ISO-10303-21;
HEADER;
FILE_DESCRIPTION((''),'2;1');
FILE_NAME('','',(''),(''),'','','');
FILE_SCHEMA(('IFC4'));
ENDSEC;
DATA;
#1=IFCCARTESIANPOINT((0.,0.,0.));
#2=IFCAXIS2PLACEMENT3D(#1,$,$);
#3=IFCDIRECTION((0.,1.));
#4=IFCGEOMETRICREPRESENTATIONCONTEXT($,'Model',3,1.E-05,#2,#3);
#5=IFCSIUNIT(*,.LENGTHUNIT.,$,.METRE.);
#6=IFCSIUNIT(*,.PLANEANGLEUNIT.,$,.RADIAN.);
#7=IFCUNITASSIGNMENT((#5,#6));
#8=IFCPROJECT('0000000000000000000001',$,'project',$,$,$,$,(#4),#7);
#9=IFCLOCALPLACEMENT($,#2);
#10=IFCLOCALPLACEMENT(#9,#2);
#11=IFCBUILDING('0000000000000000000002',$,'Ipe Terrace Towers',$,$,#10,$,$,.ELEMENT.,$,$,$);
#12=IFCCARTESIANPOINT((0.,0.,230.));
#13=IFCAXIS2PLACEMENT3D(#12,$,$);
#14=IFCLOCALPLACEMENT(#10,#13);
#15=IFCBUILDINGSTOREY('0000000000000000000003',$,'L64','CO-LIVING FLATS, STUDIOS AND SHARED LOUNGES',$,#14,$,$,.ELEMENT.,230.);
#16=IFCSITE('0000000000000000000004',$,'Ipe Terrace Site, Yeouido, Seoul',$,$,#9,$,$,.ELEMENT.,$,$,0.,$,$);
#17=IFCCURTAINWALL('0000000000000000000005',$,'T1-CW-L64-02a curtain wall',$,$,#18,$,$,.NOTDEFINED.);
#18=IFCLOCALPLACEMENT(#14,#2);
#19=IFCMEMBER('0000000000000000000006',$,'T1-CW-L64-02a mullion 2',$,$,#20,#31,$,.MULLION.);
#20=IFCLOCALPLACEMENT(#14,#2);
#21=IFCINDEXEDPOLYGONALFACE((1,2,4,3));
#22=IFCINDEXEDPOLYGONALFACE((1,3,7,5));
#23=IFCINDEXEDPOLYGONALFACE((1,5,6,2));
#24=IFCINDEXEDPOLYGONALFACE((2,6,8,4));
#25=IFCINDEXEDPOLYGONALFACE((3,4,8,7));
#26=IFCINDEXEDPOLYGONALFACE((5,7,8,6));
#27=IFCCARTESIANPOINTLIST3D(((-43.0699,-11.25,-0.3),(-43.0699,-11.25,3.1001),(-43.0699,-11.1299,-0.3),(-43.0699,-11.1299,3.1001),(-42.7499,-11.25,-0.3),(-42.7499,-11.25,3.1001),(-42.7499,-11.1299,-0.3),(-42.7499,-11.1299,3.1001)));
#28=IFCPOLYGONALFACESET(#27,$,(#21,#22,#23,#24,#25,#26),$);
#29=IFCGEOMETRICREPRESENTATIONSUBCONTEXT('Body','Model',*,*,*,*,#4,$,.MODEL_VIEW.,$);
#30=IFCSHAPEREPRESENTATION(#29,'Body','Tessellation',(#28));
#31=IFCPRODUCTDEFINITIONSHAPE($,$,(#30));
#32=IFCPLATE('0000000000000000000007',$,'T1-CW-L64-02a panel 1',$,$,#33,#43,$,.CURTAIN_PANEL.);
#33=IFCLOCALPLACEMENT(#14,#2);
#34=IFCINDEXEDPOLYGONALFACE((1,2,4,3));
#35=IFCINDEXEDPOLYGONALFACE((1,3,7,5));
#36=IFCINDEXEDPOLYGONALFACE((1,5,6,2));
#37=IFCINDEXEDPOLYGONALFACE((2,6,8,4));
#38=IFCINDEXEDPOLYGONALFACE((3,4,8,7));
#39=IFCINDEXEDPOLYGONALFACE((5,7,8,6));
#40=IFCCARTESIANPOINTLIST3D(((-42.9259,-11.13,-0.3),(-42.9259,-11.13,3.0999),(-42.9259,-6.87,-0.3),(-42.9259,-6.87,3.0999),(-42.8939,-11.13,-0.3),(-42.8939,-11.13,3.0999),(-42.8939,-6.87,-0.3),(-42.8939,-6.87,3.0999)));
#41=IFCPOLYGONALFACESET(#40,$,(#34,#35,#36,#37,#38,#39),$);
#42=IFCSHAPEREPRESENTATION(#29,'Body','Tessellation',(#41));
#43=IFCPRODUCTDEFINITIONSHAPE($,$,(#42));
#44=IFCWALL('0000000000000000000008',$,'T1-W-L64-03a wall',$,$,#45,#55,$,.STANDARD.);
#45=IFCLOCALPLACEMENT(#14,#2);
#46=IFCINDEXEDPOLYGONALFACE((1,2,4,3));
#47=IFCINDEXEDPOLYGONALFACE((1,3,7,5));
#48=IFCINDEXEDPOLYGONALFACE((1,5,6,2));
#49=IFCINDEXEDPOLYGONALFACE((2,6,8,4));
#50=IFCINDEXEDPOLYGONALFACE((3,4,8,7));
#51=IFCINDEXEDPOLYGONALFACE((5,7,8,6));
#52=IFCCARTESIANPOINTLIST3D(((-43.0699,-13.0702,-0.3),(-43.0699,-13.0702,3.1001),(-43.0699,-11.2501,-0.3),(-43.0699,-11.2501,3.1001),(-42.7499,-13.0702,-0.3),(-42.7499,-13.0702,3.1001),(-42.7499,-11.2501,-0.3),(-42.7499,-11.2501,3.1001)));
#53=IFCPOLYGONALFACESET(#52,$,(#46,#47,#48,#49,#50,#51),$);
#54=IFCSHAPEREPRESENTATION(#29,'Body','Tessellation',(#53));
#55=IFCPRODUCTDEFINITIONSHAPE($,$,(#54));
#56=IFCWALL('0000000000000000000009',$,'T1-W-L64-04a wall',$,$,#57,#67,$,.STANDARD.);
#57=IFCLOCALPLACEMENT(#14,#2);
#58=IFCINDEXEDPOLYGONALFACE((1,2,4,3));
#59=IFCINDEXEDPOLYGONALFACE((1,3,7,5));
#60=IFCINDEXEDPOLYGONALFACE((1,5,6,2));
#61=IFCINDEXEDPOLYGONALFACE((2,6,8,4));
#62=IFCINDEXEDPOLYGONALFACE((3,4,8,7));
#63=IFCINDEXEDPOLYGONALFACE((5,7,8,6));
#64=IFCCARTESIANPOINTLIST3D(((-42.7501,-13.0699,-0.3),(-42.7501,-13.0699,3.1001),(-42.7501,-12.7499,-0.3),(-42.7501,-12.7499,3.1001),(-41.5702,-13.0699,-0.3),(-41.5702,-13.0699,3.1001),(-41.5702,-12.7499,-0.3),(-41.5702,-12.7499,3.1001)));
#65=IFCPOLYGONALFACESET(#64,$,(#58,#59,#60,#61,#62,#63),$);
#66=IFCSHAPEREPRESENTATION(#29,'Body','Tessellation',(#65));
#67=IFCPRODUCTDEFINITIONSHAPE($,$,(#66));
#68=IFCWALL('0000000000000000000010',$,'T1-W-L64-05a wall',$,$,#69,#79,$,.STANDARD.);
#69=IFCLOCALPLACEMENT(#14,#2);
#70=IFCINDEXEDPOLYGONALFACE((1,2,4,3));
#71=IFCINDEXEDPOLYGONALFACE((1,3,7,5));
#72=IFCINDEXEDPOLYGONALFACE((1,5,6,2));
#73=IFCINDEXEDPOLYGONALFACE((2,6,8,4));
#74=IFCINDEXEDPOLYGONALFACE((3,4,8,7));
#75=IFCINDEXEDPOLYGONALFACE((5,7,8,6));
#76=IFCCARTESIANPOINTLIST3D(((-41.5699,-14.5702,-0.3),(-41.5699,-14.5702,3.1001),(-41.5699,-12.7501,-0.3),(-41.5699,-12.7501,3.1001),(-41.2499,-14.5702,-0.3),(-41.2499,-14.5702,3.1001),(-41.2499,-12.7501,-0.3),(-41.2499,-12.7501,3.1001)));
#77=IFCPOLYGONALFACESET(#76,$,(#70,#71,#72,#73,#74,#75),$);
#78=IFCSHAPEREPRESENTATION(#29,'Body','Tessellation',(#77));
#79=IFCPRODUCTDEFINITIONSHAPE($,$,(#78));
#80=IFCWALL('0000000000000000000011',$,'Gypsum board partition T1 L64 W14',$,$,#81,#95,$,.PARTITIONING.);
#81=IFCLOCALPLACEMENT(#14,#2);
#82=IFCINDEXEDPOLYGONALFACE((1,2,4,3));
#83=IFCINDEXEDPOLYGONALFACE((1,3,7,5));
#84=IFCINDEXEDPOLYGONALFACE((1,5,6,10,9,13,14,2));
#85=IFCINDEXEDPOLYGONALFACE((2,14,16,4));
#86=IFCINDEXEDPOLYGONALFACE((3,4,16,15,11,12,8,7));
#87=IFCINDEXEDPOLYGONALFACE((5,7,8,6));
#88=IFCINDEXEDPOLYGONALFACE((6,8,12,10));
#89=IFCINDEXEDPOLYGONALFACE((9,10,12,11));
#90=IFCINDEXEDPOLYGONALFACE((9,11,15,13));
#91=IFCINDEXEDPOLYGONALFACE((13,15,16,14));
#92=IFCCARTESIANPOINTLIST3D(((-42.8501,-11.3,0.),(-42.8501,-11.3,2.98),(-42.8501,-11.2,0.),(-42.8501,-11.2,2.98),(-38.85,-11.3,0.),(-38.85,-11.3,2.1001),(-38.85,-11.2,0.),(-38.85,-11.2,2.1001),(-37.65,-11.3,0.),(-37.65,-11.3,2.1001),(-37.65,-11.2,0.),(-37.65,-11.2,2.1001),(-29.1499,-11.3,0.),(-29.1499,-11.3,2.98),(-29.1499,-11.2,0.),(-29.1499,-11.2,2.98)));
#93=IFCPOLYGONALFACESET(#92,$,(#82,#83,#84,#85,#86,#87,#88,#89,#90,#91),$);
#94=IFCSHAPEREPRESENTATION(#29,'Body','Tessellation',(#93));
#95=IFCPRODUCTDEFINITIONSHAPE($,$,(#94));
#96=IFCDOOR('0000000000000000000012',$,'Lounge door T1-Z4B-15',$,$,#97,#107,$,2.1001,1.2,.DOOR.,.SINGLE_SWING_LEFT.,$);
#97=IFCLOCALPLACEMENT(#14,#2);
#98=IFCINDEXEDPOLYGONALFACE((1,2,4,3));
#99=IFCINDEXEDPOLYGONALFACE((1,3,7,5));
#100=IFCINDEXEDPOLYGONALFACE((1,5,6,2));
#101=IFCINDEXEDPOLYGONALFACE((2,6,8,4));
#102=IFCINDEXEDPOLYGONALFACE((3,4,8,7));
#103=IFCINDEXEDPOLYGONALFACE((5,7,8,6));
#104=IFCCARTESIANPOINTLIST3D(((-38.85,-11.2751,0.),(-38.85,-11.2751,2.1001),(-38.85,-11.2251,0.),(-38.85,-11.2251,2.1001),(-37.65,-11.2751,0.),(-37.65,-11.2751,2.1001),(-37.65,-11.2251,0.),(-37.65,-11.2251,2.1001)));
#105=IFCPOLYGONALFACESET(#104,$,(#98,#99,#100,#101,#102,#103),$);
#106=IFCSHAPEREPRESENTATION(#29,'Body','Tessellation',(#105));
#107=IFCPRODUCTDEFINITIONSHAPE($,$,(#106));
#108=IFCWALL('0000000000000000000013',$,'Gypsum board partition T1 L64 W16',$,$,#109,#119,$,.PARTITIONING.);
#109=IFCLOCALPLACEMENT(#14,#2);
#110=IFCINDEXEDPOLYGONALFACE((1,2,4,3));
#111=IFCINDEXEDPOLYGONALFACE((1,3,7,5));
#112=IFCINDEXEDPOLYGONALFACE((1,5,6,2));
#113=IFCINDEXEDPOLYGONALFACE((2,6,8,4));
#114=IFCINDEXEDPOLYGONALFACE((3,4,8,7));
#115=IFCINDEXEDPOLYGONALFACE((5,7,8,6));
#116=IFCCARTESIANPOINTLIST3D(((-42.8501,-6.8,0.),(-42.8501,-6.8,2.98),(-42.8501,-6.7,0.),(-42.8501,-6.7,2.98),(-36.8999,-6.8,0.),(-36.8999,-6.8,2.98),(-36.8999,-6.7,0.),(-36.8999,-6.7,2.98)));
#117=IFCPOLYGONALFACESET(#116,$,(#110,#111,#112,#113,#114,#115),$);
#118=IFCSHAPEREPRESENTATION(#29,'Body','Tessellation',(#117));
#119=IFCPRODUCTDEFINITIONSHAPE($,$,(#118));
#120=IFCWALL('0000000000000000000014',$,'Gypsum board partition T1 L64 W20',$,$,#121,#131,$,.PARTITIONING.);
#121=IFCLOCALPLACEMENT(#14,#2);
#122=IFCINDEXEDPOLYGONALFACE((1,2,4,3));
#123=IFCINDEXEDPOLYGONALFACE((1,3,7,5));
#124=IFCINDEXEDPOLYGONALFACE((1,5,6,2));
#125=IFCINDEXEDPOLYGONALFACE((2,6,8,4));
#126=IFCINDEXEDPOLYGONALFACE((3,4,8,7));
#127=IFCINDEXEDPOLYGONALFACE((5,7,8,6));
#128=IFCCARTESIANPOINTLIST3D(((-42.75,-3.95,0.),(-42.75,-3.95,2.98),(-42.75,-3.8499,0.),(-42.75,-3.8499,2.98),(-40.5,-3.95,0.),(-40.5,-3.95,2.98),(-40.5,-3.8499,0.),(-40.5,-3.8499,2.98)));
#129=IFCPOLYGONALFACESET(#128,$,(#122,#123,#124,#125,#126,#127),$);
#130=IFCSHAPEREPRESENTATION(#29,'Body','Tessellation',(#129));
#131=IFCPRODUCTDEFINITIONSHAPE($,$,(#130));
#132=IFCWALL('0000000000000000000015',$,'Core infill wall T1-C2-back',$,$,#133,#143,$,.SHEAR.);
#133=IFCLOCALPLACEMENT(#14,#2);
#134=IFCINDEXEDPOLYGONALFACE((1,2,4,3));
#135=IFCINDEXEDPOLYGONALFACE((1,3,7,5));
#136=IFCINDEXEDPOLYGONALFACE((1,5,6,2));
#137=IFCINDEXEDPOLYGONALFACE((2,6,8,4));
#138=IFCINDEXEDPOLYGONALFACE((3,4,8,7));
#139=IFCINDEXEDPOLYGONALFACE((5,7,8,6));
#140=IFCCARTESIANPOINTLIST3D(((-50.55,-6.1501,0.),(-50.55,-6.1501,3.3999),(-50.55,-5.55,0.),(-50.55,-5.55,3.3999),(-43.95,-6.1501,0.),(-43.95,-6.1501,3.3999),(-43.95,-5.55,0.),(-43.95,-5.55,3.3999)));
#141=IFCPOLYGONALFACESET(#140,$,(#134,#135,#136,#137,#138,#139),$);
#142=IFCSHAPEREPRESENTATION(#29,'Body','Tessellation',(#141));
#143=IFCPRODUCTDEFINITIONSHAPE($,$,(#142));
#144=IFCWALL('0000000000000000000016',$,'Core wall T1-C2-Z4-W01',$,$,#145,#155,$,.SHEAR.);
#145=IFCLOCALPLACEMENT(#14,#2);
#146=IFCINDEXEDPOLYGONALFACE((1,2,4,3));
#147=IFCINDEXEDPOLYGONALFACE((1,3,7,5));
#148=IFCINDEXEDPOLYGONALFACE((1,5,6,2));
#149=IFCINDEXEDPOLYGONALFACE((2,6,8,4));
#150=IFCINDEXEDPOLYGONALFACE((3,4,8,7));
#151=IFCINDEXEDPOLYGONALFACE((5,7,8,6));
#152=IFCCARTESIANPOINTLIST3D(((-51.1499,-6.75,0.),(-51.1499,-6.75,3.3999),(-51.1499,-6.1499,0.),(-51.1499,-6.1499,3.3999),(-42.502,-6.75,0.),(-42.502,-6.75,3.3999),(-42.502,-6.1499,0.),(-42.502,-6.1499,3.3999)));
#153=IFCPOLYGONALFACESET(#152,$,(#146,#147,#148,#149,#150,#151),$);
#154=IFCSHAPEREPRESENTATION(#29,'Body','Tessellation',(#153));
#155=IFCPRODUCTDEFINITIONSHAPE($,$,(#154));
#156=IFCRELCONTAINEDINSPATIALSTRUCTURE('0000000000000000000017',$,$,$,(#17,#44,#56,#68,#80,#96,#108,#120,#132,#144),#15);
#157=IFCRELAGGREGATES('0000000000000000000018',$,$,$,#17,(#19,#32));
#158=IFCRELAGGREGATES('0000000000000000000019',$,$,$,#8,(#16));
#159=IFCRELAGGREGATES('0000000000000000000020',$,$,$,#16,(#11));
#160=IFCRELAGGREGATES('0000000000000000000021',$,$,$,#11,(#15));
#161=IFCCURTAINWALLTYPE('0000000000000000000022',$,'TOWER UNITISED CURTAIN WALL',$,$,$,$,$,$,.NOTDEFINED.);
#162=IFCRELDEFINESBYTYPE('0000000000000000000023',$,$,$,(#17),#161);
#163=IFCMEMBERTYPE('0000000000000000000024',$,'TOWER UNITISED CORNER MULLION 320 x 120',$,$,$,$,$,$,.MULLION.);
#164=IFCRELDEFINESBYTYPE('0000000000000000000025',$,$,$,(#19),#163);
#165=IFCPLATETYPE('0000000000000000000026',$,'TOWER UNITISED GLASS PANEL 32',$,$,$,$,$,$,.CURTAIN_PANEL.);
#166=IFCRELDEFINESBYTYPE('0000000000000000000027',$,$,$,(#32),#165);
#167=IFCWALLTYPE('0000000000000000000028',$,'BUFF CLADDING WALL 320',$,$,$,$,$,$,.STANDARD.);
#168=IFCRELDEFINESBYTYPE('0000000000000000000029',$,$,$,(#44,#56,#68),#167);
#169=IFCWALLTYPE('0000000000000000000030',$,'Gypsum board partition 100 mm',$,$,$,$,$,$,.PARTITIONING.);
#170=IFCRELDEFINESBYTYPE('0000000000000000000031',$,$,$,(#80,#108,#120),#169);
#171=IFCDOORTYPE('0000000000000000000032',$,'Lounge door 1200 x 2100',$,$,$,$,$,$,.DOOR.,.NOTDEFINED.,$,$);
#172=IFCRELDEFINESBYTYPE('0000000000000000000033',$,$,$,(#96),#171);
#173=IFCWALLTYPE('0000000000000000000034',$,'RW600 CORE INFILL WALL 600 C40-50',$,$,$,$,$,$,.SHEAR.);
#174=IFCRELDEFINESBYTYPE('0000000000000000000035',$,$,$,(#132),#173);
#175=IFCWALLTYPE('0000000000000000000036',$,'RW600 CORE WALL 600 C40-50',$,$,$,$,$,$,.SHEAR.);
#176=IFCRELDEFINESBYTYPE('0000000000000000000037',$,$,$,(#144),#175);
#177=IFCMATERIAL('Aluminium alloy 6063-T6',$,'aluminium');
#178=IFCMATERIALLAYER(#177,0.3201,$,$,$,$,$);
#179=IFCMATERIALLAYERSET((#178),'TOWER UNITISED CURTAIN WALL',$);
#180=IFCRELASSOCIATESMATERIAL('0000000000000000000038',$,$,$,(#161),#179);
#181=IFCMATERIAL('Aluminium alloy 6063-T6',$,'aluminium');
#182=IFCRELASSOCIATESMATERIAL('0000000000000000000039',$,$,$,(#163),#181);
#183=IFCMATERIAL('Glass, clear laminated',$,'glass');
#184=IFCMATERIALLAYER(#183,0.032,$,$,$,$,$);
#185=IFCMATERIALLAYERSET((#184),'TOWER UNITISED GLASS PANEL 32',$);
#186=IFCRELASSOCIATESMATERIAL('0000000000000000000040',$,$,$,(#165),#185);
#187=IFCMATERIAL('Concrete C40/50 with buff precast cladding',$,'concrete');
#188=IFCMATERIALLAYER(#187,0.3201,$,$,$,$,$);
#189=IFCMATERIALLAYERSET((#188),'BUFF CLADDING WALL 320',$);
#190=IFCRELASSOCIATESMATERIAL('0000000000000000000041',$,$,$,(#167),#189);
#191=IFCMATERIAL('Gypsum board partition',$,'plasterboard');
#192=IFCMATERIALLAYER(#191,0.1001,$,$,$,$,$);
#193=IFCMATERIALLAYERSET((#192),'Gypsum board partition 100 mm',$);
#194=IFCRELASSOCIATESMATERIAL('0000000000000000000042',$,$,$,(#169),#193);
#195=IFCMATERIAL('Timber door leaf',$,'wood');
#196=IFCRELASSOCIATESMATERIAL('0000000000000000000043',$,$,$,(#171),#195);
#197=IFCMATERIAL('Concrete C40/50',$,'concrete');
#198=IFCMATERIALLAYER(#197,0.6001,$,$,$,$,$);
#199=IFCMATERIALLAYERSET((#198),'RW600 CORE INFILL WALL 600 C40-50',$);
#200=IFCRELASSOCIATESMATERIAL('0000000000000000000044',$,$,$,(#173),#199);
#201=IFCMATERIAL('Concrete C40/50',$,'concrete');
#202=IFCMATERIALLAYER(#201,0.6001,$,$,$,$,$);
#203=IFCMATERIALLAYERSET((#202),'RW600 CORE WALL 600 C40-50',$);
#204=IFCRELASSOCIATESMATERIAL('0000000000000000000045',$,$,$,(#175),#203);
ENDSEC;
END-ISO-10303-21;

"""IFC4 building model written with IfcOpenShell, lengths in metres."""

from ifc_helpers import new_model, si_unit, direction, frame, frame_2d, origin, origin_2d, place, context, subcontext, project, spatial, rectangle, extrude, material, layer, layer_set, material_profile, profile_set, type_object, element, fill, aggregate, save


model = new_model("IFC4")

# Units and contexts
model_context = context("Model", 3, precision=1e-05, world=origin(), true_north=direction((0.0, 1.0)))
body_context = subcontext(model_context, "Body", "Model", "MODEL_VIEW")
ifc_project = project(units=[si_unit("LENGTHUNIT", "METRE"), si_unit("PLANEANGLEUNIT", "RADIAN")], contexts=[model_context])

# Site, building, storey
site_placement = place(None, origin())
site = spatial("IfcSite", under=ifc_project, at=site_placement, Name="Ipe Terrace Site, Yeouido, Seoul", CompositionType="ELEMENT", RefElevation=0.0)
building_placement = place(site_placement, origin())
building = spatial("IfcBuilding", under=site, at=building_placement, Name="Ipe Terrace Towers", CompositionType="ELEMENT")
storey_placement = place(building_placement, frame((0.0, 0.0, 230.0)))
storey = spatial("IfcBuildingStorey", under=building, at=storey_placement, Name="L64", Description="CO-LIVING FLATS, STUDIOS AND SHARED LOUNGES", CompositionType="ELEMENT", Elevation=230.0)

# Curtain wall, member, plate
ifc_material_1 = material(Name="Aluminium alloy 6063-T6", Category="aluminium")
ifc_layer_1 = layer(ifc_material_1, 0.3201)
ifc_layer_set_1 = layer_set([ifc_layer_1], Name="TOWER UNITISED CURTAIN WALL")
curtain_wall_type = type_object("IfcCurtainWallType", Name="TOWER UNITISED CURTAIN WALL", PredefinedType="NOTDEFINED", material=ifc_layer_set_1)
curtain_wall_placement = place(storey_placement, origin())
curtain_wall = element("IfcCurtainWall", 1, at=curtain_wall_placement, inside=storey, type_object=curtain_wall_type, Name="T1-CW-L64-02a curtain wall", PredefinedType="NOTDEFINED")
ifc_material_2 = material(Name="Aluminium alloy 6063-T6", Category="aluminium")
ifc_material_profile_1 = material_profile(ifc_material_2, rectangle(XDim=0.3201, YDim=0.1201, at=origin_2d()), Name="TOWER UNITISED CORNER MULLION 320 x 120")
ifc_profile_set_1 = profile_set([ifc_material_profile_1], Name="Aluminium alloy 6063-T6")
member_type = type_object("IfcMemberType", Name="TOWER UNITISED CORNER MULLION 320 x 120", PredefinedType="MULLION", material=ifc_profile_set_1)
member_1_placement = place(storey_placement, frame((-42.9099, -11.1899, -0.3), z_axis=(0.0, 0.0, 1.0), x_axis=(-1.0, 0.0, 0.0)))
member_1 = element("IfcMember", 2, at=member_1_placement, type_object=member_type, Name="T1-CW-L64-02a mullion 2", PredefinedType="MULLION", context=body_context, shape_type="SweptSolid", body=[
    extrude(rectangle(XDim=0.3201, YDim=0.1201, at=origin_2d()), origin(), (0.0, 0.0, 1.0), 3.4001),
])
ifc_material_3 = material(Name="Glass, clear laminated", Category="glass")
ifc_layer_2 = layer(ifc_material_3, 0.032)
ifc_layer_set_2 = layer_set([ifc_layer_2], Name="TOWER UNITISED GLASS PANEL 32")
plate_type = type_object("IfcPlateType", Name="TOWER UNITISED GLASS PANEL 32", PredefinedType="CURTAIN_PANEL", material=ifc_layer_set_2)
plate_placement = place(storey_placement, frame((-42.9099, -9.0, -0.3), z_axis=(0.0, 0.0, 1.0), x_axis=(0.0, -1.0, 0.0)))
plate = element("IfcPlate", 3, at=plate_placement, type_object=plate_type, Name="T1-CW-L64-02a panel 1", PredefinedType="CURTAIN_PANEL", context=body_context, shape_type="SweptSolid", body=[
    extrude(rectangle(XDim=4.26, YDim=0.032, at=origin_2d()), origin(), (0.0, 0.0, 1.0), 3.3999),
])
aggregate(curtain_wall, [member_1, plate])

# Walls
ifc_material_4 = material(Name="Concrete C40/50 with buff precast cladding", Category="concrete")
ifc_layer_3 = layer(ifc_material_4, 0.3201)
ifc_layer_set_3 = layer_set([ifc_layer_3], Name="BUFF CLADDING WALL 320")
wall_type_1 = type_object("IfcWallType", Name="BUFF CLADDING WALL 320", PredefinedType="STANDARD", material=ifc_layer_set_3)
wall_1_placement = place(storey_placement, frame((-42.9099, -11.25, -0.3), z_axis=(0.0, 0.0, 1.0), x_axis=(0.0, -1.0, 0.0)))
element("IfcWall", 4, at=wall_1_placement, inside=storey, type_object=wall_type_1, Name="T1-W-L64-03a wall", PredefinedType="STANDARD", context=body_context, shape_type="SweptSolid", body=[
    extrude(rectangle(XDim=1.8201, YDim=0.3201, at=frame_2d((0.9102, 0.0))), origin(), (0.0, 0.0, 1.0), 3.4001),
])
wall_2_placement = place(storey_placement, frame((-42.75, -12.9099, -0.3), z_axis=(0.0, 0.0, 1.0), x_axis=(1.0, 0.0, 0.0)))
element("IfcWall", 5, at=wall_2_placement, inside=storey, type_object=wall_type_1, Name="T1-W-L64-04a wall", PredefinedType="STANDARD", context=body_context, shape_type="SweptSolid", body=[
    extrude(rectangle(XDim=1.1799, YDim=0.3201, at=frame_2d((0.5898, 0.0))), origin(), (0.0, 0.0, 1.0), 3.4001),
])
wall_3_placement = place(storey_placement, frame((-41.4099, -12.75, -0.3), z_axis=(0.0, 0.0, 1.0), x_axis=(0.0, -1.0, 0.0)))
element("IfcWall", 6, at=wall_3_placement, inside=storey, type_object=wall_type_1, Name="T1-W-L64-05a wall", PredefinedType="STANDARD", context=body_context, shape_type="SweptSolid", body=[
    extrude(rectangle(XDim=1.8201, YDim=0.3201, at=frame_2d((0.9102, 0.0))), origin(), (0.0, 0.0, 1.0), 3.4001),
])

# Wall, opening, door
ifc_material_5 = material(Name="Gypsum board partition", Category="plasterboard")
ifc_layer_4 = layer(ifc_material_5, 0.1001)
ifc_layer_set_4 = layer_set([ifc_layer_4], Name="Gypsum board partition 100 mm")
wall_type_2 = type_object("IfcWallType", Name="Gypsum board partition 100 mm", PredefinedType="PARTITIONING", material=ifc_layer_set_4)
wall_4_placement = place(storey_placement, frame((-42.8501, -11.25, 0.0), z_axis=(0.0, 0.0, 1.0), x_axis=(1.0, 0.0, 0.0)))
wall_4 = element("IfcWall", 7, at=wall_4_placement, inside=storey, type_object=wall_type_2, Name="Gypsum board partition T1 L64 W14", PredefinedType="PARTITIONING", context=body_context, shape_type="SweptSolid", body=[
    extrude(rectangle(XDim=13.7002, YDim=0.1001, at=frame_2d((6.8501, 0.0))), origin(), (0.0, 0.0, 1.0), 2.98),
])
opening_1_placement = place(wall_4_placement, frame((4.0, 0.0, 0.0)))
opening_1 = element("IfcOpeningElement", 8, at=opening_1_placement, cuts=wall_4, PredefinedType="OPENING", context=body_context, shape_type="SweptSolid", body=[
    extrude(rectangle(XDim=1.2, YDim=2.1001, at=frame_2d((0.6001, 1.05))), frame((0.0, 0.0601, 0.0), z_axis=(0.0, -1.0, 0.0), x_axis=(1.0, 0.0, 0.0)), (0.0, 0.0, 1.0), 0.1201),
])
ifc_material_6 = material(Name="Timber door leaf", Category="wood")
door_type_1 = type_object("IfcDoorType", Name="Lounge door 1200 x 2100", OperationType="NOTDEFINED", PredefinedType="DOOR", material=ifc_material_6)
door_1_placement = place(opening_1_placement, origin())
door_1 = element("IfcDoor", 9, at=door_1_placement, inside=storey, type_object=door_type_1, Name="Lounge door T1-Z4B-15", OperationType="SINGLE_SWING_LEFT", OverallHeight=2.1001, OverallWidth=1.2, PredefinedType="DOOR", context=body_context, shape_type="SweptSolid", body=[
    extrude(rectangle(XDim=1.2, YDim=2.1001, at=frame_2d((0.6001, 1.05))), frame((0.0, 0.0249, 0.0), z_axis=(0.0, -1.0, 0.0), x_axis=(1.0, 0.0, 0.0)), (0.0, 0.0, 1.0), 0.05),
])
fill(opening_1, door_1)

# Walls
wall_5_placement = place(storey_placement, frame((-42.8501, -6.75, 0.0), z_axis=(0.0, 0.0, 1.0), x_axis=(1.0, 0.0, 0.0)))
element("IfcWall", 10, at=wall_5_placement, inside=storey, type_object=wall_type_2, Name="Gypsum board partition T1 L64 W16", PredefinedType="PARTITIONING", context=body_context, shape_type="SweptSolid", body=[
    extrude(rectangle(XDim=5.9502, YDim=0.1001, at=frame_2d((2.9751, 0.0))), origin(), (0.0, 0.0, 1.0), 2.98),
])
wall_6_placement = place(storey_placement, frame((-42.75, -3.8999, 0.0), z_axis=(0.0, 0.0, 1.0), x_axis=(1.0, 0.0, 0.0)))
element("IfcWall", 11, at=wall_6_placement, inside=storey, type_object=wall_type_2, Name="Gypsum board partition T1 L64 W20", PredefinedType="PARTITIONING", context=body_context, shape_type="SweptSolid", body=[
    extrude(rectangle(XDim=2.25, YDim=0.1001, at=frame_2d((1.125, 0.0))), origin(), (0.0, 0.0, 1.0), 2.98),
])
ifc_material_7 = material(Name="Concrete C40/50", Category="concrete")
ifc_layer_5 = layer(ifc_material_7, 0.6001)
ifc_layer_set_5 = layer_set([ifc_layer_5], Name="RW600 CORE INFILL WALL 600 C40-50")
wall_type_3 = type_object("IfcWallType", Name="RW600 CORE INFILL WALL 600 C40-50", PredefinedType="SHEAR", material=ifc_layer_set_5)
wall_7_placement = place(storey_placement, frame((-43.95, -5.8501, 0.0), z_axis=(0.0, 0.0, 1.0), x_axis=(-1.0, 0.0, 0.0)))
element("IfcWall", 12, at=wall_7_placement, inside=storey, type_object=wall_type_3, Name="Core infill wall T1-C2-back", PredefinedType="SHEAR", context=body_context, shape_type="SweptSolid", body=[
    extrude(rectangle(XDim=6.6001, YDim=0.6001, at=frame_2d((3.3, 0.0))), origin(), (0.0, 0.0, 1.0), 3.3999),
])
ifc_material_8 = material(Name="Concrete C40/50", Category="concrete")
ifc_layer_6 = layer(ifc_material_8, 0.6001)
ifc_layer_set_6 = layer_set([ifc_layer_6], Name="RW600 CORE WALL 600 C40-50")
wall_type_4 = type_object("IfcWallType", Name="RW600 CORE WALL 600 C40-50", PredefinedType="SHEAR", material=ifc_layer_set_6)
wall_8_placement = place(storey_placement, frame((-51.1499, -6.45, 0.0), z_axis=(0.0, 0.0, 1.0), x_axis=(1.0, 0.0, 0.0)))
element("IfcWall", 13, at=wall_8_placement, inside=storey, type_object=wall_type_4, Name="Core wall T1-C2-Z4-W01", PredefinedType="SHEAR", context=body_context, shape_type="SweptSolid", body=[
    extrude(rectangle(XDim=8.6479, YDim=0.6001, at=frame_2d((4.324, 0.0))), origin(), (0.0, 0.0, 1.0), 3.3999),
])

save(model, "model.ifc")
